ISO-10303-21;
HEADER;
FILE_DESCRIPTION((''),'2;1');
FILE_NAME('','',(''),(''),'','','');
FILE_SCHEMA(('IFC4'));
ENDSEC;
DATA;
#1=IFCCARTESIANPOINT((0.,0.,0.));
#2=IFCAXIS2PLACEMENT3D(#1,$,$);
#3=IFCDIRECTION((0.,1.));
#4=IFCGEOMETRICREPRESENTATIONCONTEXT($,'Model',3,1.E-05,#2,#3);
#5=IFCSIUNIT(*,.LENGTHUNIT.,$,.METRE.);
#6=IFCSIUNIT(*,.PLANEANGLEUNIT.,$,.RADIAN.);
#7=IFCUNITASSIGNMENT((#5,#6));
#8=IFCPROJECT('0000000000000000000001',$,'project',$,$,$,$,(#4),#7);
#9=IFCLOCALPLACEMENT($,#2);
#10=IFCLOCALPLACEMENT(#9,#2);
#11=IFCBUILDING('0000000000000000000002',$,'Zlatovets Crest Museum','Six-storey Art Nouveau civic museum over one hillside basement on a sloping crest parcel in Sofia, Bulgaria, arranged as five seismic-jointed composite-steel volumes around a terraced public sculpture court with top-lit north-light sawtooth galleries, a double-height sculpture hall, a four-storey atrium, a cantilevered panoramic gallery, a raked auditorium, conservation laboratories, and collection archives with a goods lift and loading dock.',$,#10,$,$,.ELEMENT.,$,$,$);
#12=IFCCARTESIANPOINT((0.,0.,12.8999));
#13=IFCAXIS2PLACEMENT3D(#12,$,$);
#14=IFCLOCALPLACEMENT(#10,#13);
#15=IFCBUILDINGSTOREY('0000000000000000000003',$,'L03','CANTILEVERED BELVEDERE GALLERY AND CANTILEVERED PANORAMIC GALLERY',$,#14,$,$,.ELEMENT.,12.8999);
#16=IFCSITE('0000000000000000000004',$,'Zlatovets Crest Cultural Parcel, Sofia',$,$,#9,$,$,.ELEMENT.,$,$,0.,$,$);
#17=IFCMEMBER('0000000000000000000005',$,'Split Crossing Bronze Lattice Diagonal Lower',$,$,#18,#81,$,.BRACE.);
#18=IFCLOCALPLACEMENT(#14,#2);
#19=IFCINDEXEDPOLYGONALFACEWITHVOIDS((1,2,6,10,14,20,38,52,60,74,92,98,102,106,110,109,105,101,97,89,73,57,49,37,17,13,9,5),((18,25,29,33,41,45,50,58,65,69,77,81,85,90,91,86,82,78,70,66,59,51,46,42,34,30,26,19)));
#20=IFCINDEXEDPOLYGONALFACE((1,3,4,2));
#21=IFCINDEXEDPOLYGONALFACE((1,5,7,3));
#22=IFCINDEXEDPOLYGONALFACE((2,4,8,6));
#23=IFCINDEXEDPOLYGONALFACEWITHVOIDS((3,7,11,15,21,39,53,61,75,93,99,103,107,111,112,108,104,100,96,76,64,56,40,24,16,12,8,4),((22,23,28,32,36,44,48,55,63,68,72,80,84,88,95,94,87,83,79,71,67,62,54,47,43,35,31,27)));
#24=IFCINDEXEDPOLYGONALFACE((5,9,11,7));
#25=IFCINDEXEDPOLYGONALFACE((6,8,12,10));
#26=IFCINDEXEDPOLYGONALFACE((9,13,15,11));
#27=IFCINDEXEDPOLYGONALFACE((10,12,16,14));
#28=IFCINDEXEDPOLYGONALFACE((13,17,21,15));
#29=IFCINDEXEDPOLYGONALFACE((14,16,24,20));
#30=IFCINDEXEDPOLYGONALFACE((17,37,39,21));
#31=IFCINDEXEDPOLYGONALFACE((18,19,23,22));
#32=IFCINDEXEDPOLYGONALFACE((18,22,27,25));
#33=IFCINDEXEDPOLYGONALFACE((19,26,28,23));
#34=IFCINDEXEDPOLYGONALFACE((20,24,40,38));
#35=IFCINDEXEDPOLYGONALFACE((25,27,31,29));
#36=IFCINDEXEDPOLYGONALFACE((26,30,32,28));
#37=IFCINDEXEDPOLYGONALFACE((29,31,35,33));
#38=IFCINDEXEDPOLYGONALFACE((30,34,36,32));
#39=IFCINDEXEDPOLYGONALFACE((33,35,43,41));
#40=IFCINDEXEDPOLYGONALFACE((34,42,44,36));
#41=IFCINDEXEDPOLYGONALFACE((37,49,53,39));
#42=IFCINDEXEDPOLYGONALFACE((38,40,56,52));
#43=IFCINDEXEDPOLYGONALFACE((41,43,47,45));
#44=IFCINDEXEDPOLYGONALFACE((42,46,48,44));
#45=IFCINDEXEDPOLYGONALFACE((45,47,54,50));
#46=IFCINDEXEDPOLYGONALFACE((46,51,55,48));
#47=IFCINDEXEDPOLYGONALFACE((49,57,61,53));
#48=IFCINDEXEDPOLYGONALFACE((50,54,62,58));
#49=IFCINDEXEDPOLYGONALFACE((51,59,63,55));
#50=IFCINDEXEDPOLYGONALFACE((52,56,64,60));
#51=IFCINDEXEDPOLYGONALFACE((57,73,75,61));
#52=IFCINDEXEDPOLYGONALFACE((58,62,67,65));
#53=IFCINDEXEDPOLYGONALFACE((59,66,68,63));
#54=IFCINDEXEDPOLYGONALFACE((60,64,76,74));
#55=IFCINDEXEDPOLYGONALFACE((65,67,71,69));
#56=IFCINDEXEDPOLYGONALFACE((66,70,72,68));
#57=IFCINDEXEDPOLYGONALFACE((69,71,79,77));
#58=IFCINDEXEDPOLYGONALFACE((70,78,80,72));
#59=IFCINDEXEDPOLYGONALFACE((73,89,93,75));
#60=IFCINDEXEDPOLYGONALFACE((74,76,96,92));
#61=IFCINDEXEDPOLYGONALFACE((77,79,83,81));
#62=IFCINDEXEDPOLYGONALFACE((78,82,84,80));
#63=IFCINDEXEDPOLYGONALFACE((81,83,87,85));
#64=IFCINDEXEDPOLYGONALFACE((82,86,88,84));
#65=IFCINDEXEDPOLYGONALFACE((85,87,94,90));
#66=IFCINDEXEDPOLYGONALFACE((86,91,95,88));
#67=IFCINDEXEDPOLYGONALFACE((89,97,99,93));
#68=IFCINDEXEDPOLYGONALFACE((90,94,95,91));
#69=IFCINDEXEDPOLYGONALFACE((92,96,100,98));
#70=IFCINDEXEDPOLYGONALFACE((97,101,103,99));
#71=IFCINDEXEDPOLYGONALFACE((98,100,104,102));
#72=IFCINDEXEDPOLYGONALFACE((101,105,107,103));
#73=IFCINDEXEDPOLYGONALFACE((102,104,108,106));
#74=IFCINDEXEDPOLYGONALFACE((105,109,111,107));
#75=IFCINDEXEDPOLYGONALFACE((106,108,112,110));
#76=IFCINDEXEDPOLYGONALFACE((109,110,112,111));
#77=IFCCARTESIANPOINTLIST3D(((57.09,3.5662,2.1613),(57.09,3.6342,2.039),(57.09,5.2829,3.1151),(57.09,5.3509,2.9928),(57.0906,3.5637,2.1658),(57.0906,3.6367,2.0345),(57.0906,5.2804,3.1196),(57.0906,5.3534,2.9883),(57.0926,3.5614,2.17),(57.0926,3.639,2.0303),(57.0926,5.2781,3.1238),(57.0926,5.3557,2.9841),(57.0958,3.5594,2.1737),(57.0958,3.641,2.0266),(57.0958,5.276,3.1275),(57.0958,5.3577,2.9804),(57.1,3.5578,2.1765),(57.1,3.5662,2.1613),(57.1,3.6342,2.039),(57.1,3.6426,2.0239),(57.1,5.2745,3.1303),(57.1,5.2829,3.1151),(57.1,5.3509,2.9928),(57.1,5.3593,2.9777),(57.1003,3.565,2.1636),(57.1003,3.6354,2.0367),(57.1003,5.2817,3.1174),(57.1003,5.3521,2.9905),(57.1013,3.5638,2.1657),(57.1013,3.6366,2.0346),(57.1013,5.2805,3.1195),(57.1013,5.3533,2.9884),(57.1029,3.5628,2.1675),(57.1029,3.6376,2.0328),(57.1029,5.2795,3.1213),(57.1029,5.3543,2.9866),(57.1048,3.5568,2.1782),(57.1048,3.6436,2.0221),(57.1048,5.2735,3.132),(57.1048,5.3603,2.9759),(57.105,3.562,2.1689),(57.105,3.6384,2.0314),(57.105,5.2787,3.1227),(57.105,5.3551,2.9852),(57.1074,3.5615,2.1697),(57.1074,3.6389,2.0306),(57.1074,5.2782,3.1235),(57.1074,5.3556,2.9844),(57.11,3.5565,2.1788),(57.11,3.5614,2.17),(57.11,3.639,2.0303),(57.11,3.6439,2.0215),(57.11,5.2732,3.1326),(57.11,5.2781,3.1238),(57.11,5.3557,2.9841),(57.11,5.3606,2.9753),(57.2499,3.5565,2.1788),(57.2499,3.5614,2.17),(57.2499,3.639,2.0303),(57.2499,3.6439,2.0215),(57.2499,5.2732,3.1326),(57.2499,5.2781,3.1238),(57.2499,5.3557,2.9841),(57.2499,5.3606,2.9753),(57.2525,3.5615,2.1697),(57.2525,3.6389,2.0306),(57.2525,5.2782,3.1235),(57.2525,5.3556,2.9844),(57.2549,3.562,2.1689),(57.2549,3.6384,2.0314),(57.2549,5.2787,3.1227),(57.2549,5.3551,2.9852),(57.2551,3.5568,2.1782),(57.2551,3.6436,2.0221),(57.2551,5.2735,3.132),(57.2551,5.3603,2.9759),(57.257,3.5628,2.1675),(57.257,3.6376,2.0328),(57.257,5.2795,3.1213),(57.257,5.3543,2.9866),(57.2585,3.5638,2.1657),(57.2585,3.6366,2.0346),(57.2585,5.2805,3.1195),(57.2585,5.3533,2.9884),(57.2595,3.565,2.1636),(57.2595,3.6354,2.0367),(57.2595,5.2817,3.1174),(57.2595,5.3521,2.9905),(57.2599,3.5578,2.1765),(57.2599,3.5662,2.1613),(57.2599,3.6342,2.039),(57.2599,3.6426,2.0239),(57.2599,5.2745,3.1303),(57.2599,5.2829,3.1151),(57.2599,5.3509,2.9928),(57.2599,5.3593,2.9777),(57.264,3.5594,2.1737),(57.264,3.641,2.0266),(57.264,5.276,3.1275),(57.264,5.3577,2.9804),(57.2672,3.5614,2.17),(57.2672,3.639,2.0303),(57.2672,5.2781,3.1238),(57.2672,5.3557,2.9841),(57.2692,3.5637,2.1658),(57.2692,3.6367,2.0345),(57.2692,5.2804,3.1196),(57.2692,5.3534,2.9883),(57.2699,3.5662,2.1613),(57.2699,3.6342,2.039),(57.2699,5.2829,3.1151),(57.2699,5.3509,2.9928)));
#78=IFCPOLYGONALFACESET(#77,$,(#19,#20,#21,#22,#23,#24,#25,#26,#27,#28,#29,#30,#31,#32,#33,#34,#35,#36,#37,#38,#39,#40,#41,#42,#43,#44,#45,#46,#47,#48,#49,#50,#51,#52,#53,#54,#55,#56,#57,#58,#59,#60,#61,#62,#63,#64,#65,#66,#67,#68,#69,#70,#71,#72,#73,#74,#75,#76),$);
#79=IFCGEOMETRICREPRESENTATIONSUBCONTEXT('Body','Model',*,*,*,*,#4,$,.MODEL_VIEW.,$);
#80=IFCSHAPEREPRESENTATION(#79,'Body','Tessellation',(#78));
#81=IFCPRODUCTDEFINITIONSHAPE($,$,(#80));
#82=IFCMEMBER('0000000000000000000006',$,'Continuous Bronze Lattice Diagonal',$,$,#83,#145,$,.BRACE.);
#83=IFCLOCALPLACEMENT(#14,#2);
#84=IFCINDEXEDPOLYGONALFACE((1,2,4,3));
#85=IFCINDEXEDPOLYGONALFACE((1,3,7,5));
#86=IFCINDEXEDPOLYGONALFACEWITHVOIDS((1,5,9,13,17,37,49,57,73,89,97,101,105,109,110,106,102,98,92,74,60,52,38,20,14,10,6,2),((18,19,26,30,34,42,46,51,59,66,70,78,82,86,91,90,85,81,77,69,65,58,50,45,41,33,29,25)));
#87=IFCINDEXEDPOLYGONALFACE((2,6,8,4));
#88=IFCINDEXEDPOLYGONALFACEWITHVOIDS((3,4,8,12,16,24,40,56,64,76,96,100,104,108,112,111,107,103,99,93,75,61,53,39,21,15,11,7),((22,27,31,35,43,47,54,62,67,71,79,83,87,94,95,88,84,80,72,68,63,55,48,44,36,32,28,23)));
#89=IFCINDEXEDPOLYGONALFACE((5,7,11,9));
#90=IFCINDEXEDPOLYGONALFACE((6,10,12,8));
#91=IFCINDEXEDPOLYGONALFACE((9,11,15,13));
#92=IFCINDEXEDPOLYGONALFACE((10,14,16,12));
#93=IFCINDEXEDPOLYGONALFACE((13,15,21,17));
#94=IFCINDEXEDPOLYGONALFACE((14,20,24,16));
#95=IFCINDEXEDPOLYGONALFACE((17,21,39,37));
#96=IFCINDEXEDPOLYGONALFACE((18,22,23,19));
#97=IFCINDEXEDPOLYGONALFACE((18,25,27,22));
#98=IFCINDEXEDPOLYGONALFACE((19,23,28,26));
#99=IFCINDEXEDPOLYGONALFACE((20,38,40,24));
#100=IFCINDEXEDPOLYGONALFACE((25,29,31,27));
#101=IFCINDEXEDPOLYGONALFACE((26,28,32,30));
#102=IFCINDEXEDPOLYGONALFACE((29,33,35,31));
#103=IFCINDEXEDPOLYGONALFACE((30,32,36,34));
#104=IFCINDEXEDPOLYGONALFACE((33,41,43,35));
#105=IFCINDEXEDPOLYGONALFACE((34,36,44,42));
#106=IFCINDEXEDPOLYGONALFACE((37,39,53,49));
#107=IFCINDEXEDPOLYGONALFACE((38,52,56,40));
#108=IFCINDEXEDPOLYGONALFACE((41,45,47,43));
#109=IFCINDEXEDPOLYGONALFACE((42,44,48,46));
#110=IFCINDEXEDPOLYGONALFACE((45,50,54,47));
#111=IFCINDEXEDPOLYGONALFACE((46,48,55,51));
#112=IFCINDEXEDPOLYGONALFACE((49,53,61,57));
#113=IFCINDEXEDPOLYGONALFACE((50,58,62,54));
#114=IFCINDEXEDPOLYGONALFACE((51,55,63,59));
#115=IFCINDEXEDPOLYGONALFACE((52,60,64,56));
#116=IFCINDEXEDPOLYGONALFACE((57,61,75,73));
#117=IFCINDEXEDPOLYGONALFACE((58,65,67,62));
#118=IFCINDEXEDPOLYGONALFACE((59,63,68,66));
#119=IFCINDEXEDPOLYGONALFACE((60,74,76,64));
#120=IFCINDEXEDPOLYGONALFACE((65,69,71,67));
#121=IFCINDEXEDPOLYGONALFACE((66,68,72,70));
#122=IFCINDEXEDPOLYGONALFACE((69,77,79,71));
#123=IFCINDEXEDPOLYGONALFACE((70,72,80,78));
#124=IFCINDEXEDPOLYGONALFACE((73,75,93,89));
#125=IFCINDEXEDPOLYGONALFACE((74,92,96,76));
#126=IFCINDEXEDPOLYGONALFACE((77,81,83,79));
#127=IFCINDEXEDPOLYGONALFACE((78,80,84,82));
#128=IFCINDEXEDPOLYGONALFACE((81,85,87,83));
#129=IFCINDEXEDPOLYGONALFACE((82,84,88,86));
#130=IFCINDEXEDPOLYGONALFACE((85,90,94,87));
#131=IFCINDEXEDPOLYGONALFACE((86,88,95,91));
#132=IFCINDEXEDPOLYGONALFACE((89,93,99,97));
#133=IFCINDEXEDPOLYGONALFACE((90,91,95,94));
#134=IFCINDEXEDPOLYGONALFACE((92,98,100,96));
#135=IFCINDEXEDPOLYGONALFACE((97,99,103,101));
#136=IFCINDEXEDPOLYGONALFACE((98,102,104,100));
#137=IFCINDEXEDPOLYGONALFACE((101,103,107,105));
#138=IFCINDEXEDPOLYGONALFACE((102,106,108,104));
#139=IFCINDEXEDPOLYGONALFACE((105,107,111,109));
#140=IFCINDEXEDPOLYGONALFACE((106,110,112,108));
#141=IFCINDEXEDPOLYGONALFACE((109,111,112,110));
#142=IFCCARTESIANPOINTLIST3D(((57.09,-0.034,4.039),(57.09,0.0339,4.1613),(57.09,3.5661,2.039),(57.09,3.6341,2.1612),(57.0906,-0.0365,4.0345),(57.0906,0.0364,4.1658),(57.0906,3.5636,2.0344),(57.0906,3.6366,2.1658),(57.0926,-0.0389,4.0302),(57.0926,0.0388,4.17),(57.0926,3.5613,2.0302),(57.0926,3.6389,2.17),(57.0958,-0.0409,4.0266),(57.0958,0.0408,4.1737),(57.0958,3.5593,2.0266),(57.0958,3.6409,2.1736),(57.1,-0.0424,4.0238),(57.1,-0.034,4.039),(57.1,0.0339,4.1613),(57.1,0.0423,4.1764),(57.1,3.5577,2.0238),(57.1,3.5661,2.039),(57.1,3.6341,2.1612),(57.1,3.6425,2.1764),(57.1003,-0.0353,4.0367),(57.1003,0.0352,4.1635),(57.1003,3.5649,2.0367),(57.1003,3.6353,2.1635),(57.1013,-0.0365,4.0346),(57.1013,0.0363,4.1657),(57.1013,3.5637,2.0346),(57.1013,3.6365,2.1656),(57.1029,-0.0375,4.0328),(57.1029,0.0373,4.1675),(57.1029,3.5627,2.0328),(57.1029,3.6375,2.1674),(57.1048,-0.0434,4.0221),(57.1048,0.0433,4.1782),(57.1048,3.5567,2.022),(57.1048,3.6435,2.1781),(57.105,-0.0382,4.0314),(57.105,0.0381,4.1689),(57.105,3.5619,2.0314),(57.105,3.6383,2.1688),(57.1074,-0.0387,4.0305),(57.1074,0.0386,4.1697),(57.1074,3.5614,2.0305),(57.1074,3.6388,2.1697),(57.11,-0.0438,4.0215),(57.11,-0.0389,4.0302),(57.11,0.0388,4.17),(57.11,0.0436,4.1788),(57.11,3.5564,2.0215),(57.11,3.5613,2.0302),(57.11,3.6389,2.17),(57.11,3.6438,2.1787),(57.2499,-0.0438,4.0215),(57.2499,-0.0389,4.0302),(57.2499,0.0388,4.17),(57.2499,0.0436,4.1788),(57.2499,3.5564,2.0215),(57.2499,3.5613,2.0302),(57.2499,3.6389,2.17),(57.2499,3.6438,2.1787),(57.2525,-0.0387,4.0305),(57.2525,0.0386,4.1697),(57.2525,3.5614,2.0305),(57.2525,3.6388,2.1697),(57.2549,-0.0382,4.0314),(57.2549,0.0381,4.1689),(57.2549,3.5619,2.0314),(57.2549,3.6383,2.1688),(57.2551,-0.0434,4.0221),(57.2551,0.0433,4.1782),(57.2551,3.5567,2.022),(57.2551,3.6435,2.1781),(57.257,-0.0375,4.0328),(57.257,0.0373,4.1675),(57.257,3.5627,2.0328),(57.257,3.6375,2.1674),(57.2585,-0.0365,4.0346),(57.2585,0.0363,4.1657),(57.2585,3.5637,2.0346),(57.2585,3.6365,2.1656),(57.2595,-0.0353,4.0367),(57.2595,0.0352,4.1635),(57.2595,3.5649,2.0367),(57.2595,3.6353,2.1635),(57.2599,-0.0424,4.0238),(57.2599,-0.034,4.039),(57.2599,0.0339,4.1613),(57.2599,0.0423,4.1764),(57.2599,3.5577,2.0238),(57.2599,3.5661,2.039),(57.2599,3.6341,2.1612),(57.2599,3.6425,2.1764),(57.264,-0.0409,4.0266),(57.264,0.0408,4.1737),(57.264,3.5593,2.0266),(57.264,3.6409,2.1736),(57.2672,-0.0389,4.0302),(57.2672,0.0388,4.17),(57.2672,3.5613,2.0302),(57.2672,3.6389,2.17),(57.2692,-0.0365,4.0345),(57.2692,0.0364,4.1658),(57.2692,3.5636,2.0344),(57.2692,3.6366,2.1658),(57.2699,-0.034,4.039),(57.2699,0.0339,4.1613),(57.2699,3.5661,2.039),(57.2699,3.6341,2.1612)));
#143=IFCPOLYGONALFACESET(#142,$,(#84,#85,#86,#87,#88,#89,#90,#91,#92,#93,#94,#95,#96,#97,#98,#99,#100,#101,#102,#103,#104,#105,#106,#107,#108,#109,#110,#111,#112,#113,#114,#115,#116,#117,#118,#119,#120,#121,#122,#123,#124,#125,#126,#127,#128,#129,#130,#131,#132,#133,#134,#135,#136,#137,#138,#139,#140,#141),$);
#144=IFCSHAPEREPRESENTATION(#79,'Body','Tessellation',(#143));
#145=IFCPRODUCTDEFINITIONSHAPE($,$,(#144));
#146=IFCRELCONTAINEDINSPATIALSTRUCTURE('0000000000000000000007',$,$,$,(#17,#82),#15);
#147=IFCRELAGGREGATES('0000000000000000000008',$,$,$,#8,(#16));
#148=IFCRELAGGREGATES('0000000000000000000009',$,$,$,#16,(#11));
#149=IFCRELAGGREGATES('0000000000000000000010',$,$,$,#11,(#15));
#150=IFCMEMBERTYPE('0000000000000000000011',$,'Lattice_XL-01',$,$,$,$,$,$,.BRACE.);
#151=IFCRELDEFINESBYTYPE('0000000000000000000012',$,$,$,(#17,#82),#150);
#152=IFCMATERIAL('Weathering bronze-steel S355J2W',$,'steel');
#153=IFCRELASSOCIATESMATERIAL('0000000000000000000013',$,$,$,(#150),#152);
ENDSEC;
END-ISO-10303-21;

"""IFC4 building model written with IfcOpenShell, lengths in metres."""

from ifc_helpers import new_model, si_unit, direction, frame, origin, origin_2d, place, context, subcontext, project, spatial, hollow_rectangle, extrude, material, material_profile, profile_set, type_object, element, save


model = new_model("IFC4")

# Units and contexts
model_context = context("Model", 3, precision=1e-05, world=origin(), true_north=direction((0.0, 1.0)))
body_context = subcontext(model_context, "Body", "Model", "MODEL_VIEW")
ifc_project = project(units=[si_unit("LENGTHUNIT", "METRE"), si_unit("PLANEANGLEUNIT", "RADIAN")], contexts=[model_context])

# Site, building, storey
site_placement = place(None, origin())
site = spatial("IfcSite", under=ifc_project, at=site_placement, Name="Zlatovets Crest Cultural Parcel, Sofia", CompositionType="ELEMENT", RefElevation=0.0)
building_placement = place(site_placement, origin())
building = spatial("IfcBuilding", under=site, at=building_placement, Name="Zlatovets Crest Museum", Description="Six-storey Art Nouveau civic museum over one hillside basement on a sloping crest parcel in Sofia, Bulgaria, arranged as five seismic-jointed composite-steel volumes around a terraced public sculpture court with top-lit north-light sawtooth galleries, a double-height sculpture hall, a four-storey atrium, a cantilevered panoramic gallery, a raked auditorium, conservation laboratories, and collection archives with a goods lift and loading dock.", CompositionType="ELEMENT")
storey_placement = place(building_placement, frame((0.0, 0.0, 12.8999)))
storey = spatial("IfcBuildingStorey", under=building, at=storey_placement, Name="L03", Description="CANTILEVERED BELVEDERE GALLERY AND CANTILEVERED PANORAMIC GALLERY", CompositionType="ELEMENT", Elevation=12.8999)

# Members
ifc_material_1 = material(Name="Weathering bronze-steel S355J2W", Category="steel")
ifc_material_profile_1 = material_profile(ifc_material_1, hollow_rectangle(XDim=0.1799, YDim=0.1799, WallThickness=0.01, InnerFilletRadius=0.01, OuterFilletRadius=0.02, at=origin_2d()), Name="SHS 180x180x10.0")
ifc_profile_set_1 = profile_set([ifc_material_profile_1], Name="Weathering bronze-steel S355J2W")
member_type_1 = type_object("IfcMemberType", Name="Lattice_XL-01", PredefinedType="BRACE", material=ifc_profile_set_1)
member_1_placement = place(storey_placement, frame((57.1799, 5.3169, 3.054), z_axis=(0.0, -0.87414, -0.485675), x_axis=(1.0, 0.0, 0.0)))
element("IfcMember", 1, at=member_1_placement, inside=storey, type_object=member_type_1, Name="Split Crossing Bronze Lattice Diagonal Lower", PredefinedType="BRACE", context=body_context, shape_type="SweptSolid", body=[
    extrude(hollow_rectangle(XDim=0.1799, YDim=0.1799, WallThickness=0.01, InnerFilletRadius=0.01, OuterFilletRadius=0.02, at=origin_2d()), origin(), (0.0, 0.0, 1.0), 1.9639),
])
member_2_placement = place(storey_placement, frame((57.1799, 3.6001, 2.1001), z_axis=(0.0, -0.874163, 0.485633), x_axis=(1.0, 0.0, 0.0)))
element("IfcMember", 2, at=member_2_placement, inside=storey, type_object=member_type_1, Name="Continuous Bronze Lattice Diagonal", PredefinedType="BRACE", context=body_context, shape_type="SweptSolid", body=[
    extrude(hollow_rectangle(XDim=0.1799, YDim=0.1799, WallThickness=0.01, InnerFilletRadius=0.01, OuterFilletRadius=0.02, at=origin_2d()), origin(), (0.0, 0.0, 1.0), 4.1184),
])

save(model, "model.ifc")
